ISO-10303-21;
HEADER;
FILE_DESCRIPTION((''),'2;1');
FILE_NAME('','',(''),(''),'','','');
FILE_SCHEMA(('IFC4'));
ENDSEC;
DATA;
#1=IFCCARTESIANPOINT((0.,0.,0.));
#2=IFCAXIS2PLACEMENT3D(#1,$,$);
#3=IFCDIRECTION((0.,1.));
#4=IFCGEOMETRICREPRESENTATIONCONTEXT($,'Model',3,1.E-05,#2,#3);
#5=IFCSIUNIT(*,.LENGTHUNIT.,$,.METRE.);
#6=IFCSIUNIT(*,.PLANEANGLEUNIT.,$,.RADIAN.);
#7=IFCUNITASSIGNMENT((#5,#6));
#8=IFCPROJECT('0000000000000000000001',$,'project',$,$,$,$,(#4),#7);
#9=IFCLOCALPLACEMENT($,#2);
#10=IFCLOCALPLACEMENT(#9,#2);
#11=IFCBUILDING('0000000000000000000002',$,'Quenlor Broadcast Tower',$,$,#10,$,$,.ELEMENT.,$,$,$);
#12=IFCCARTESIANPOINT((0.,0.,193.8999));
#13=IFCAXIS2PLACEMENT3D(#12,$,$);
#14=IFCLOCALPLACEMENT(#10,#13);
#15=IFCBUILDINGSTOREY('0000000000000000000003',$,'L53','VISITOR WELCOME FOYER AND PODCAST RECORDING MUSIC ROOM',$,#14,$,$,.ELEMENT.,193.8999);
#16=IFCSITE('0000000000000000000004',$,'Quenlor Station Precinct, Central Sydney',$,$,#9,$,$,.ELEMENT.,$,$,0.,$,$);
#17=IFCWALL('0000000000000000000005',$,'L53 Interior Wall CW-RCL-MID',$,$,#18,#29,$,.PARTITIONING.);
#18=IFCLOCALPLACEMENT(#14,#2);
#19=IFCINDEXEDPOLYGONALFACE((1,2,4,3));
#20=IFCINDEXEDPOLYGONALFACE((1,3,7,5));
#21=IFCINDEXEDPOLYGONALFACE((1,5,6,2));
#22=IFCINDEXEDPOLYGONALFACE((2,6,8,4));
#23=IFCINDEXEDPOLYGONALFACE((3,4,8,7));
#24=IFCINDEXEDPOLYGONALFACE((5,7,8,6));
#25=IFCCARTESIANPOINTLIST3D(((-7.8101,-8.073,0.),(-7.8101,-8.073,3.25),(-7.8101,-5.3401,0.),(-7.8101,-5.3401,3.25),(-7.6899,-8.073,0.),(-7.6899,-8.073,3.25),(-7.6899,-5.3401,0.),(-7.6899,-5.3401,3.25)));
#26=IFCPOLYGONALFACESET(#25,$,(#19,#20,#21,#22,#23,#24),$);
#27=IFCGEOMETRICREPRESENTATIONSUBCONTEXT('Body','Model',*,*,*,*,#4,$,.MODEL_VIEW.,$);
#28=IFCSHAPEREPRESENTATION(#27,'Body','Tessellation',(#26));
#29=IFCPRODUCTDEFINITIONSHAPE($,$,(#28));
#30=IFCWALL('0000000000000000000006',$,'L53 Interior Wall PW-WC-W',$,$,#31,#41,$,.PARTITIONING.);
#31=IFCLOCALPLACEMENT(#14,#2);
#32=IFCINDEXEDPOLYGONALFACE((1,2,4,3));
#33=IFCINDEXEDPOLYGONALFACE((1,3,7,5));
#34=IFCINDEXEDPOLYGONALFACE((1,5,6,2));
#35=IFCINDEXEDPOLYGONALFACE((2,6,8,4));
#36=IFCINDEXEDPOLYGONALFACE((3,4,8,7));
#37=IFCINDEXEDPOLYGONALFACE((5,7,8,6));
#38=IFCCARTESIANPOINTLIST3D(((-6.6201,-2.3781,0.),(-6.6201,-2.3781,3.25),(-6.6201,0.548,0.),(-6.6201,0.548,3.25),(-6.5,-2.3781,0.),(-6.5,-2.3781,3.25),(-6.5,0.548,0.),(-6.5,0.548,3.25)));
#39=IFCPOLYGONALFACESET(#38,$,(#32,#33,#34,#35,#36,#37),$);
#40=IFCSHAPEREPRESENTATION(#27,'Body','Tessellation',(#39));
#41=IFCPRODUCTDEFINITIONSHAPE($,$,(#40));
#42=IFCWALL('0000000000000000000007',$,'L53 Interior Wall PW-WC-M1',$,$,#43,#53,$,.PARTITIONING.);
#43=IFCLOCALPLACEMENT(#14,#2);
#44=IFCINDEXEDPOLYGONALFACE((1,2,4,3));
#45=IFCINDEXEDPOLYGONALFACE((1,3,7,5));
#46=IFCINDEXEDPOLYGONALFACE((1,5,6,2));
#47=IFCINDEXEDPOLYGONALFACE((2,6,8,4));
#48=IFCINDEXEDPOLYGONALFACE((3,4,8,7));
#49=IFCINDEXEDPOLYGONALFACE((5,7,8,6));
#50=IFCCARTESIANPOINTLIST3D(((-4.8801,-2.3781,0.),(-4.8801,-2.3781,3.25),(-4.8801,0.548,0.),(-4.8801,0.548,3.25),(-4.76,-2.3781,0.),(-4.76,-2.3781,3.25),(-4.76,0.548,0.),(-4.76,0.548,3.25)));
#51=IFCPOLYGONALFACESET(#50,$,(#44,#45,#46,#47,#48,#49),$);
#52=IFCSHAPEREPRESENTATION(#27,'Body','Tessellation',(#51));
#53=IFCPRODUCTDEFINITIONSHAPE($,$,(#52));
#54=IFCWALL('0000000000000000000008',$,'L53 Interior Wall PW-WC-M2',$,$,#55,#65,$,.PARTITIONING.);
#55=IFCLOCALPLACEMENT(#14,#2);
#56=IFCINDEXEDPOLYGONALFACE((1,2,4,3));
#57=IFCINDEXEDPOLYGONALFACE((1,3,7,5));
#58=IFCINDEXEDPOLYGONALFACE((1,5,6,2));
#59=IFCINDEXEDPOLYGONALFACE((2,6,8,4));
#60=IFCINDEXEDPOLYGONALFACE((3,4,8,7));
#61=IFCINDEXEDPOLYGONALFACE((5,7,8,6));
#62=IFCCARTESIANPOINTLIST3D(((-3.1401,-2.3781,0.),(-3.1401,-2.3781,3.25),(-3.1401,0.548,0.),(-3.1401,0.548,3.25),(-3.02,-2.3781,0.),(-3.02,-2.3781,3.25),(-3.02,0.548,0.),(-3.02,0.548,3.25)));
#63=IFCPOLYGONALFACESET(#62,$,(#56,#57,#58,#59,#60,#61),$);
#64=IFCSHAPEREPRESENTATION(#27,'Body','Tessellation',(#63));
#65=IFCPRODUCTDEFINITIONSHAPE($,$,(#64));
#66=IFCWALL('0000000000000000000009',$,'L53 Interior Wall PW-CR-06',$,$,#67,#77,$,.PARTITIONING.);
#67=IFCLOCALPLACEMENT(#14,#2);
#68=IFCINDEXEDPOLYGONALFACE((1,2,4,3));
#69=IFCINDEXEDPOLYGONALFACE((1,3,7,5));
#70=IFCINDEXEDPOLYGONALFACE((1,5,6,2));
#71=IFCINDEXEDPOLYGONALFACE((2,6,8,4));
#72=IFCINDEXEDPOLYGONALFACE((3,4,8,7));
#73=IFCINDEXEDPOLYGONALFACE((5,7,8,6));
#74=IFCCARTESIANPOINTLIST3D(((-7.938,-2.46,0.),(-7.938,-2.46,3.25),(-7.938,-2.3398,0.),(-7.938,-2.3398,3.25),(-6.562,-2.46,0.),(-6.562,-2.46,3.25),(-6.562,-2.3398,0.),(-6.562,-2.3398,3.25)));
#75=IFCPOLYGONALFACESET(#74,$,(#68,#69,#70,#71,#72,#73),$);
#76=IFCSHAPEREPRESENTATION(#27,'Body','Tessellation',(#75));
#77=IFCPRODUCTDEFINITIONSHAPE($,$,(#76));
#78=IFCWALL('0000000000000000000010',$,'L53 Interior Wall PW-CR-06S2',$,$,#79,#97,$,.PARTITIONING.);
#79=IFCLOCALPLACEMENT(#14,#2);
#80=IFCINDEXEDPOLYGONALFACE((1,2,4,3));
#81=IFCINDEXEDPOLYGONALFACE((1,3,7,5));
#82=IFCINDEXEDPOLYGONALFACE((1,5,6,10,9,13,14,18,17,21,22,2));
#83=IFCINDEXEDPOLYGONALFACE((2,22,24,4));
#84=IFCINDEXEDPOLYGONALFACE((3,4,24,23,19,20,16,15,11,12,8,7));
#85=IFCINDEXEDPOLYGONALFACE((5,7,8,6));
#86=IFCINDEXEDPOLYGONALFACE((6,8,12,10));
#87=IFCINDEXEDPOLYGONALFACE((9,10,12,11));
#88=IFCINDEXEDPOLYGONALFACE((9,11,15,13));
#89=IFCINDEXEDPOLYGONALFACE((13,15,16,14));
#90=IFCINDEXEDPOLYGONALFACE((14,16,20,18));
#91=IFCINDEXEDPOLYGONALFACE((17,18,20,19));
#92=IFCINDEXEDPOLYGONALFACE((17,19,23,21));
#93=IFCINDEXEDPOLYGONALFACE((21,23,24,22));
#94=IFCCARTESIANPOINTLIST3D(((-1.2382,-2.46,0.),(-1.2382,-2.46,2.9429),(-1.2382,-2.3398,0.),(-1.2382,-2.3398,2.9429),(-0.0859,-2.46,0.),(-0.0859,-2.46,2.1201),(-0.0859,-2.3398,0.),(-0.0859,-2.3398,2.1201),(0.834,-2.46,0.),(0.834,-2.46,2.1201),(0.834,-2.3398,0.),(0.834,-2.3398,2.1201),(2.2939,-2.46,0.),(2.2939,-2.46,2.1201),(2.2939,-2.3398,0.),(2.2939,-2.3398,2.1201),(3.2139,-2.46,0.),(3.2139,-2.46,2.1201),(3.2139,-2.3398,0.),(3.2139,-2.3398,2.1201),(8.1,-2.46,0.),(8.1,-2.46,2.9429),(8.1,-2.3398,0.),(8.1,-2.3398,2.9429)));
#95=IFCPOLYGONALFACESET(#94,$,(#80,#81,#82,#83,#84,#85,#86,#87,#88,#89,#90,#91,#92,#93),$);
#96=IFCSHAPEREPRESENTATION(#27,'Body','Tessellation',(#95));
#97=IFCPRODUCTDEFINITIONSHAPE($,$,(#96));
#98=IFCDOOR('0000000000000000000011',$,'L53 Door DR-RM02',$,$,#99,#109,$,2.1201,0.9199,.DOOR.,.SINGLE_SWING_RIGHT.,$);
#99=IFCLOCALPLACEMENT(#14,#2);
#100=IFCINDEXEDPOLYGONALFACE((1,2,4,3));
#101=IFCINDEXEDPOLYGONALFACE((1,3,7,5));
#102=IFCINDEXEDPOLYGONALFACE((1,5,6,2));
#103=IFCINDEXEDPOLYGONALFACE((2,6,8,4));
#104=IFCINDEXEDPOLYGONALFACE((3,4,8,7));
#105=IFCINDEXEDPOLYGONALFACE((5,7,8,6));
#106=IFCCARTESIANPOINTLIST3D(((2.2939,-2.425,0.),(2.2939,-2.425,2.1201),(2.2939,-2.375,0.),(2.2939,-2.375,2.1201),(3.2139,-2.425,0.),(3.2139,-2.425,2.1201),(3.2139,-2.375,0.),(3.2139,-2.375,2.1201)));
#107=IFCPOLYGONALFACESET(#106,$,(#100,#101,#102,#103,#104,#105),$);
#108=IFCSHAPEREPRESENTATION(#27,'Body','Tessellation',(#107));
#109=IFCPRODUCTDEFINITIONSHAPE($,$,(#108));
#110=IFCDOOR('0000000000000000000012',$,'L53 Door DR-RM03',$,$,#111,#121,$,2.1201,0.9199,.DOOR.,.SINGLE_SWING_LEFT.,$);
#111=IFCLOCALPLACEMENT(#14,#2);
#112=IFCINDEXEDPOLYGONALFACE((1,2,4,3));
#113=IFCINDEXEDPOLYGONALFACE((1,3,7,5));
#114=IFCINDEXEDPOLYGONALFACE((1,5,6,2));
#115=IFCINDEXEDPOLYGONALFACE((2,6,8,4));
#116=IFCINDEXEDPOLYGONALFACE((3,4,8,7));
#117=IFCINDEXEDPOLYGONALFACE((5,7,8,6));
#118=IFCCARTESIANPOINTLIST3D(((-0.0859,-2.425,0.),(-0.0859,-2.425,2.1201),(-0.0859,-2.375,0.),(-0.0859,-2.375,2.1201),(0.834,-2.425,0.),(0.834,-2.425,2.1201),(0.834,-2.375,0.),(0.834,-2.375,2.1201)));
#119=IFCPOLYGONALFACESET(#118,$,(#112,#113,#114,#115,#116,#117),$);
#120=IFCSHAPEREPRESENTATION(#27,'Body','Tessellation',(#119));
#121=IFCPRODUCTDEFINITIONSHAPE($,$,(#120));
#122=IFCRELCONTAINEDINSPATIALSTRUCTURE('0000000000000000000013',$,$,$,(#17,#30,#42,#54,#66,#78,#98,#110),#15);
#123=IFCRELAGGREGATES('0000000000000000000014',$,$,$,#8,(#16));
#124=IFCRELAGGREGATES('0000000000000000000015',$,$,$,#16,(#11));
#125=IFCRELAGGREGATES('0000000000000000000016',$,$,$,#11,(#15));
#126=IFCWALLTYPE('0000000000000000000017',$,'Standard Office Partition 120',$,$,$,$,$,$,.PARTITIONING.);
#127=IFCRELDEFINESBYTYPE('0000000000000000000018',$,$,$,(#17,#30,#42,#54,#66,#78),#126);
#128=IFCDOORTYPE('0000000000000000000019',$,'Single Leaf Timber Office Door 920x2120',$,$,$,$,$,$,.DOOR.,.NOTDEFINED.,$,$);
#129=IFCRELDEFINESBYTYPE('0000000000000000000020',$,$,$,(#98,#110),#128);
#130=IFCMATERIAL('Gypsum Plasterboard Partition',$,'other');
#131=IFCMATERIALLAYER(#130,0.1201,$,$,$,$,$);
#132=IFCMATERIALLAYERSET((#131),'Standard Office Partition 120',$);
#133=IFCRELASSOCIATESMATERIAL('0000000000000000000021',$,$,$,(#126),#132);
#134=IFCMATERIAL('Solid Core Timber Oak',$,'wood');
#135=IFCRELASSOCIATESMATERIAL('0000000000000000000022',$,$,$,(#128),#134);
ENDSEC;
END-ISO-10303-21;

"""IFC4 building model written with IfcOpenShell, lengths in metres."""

from ifc_helpers import new_model, si_unit, direction, frame, frame_2d, origin, place, context, subcontext, project, spatial, rectangle, extrude, material, layer, layer_set, type_object, element, fill, save


model = new_model("IFC4")

# Units and contexts
model_context = context("Model", 3, precision=1e-05, world=origin(), true_north=direction((0.0, 1.0)))
body_context = subcontext(model_context, "Body", "Model", "MODEL_VIEW")
ifc_project = project(units=[si_unit("LENGTHUNIT", "METRE"), si_unit("PLANEANGLEUNIT", "RADIAN")], contexts=[model_context])

# Site, building, storey
site_placement = place(None, origin())
site = spatial("IfcSite", under=ifc_project, at=site_placement, Name="Quenlor Station Precinct, Central Sydney", CompositionType="ELEMENT", RefElevation=0.0)
building_placement = place(site_placement, origin())
building = spatial("IfcBuilding", under=site, at=building_placement, Name="Quenlor Broadcast Tower", CompositionType="ELEMENT")
storey_placement = place(building_placement, frame((0.0, 0.0, 193.8999)))
storey = spatial("IfcBuildingStorey", under=building, at=storey_placement, Name="L53", Description="VISITOR WELCOME FOYER AND PODCAST RECORDING MUSIC ROOM", CompositionType="ELEMENT", Elevation=193.8999)

# Wall
ifc_material_1 = material(Name="Gypsum Plasterboard Partition", Category="other")
ifc_layer_1 = layer(ifc_material_1, 0.1201)
ifc_layer_set_1 = layer_set([ifc_layer_1], Name="Standard Office Partition 120")
wall_type_1 = type_object("IfcWallType", Name="Standard Office Partition 120", PredefinedType="PARTITIONING", material=ifc_layer_set_1)
wall_1_placement = place(storey_placement, frame((-7.75, -8.073, 0.0), z_axis=(0.0, 0.0, 1.0), x_axis=(0.0, 1.0, 0.0)))
element("IfcWall", 1, at=wall_1_placement, inside=storey, type_object=wall_type_1, Name="L53 Interior Wall CW-RCL-MID", PredefinedType="PARTITIONING", context=body_context, shape_type="SweptSolid", body=[
    extrude(rectangle(XDim=2.7329, YDim=0.1201, at=frame_2d((1.3665, 0.0))), origin(), (0.0, 0.0, 1.0), 3.25),
])

# Shared definitions
ifc_material_2 = material(Name="Solid Core Timber Oak", Category="wood")
door_type_1 = type_object("IfcDoorType", Name="Single Leaf Timber Office Door 920x2120", OperationType="NOTDEFINED", PredefinedType="DOOR", material=ifc_material_2)

# Walls
for number, where, z_axis, x_axis, name in (
    (2, (-6.5601, -2.3779, 0.0), (0.0, 0.0, 1.0), (0.0, 1.0, 0.0), "L53 Interior Wall PW-WC-W"),
    (3, (-4.8201, -2.3779, 0.0), (0.0, 0.0, 1.0), (0.0, 1.0, 0.0), "L53 Interior Wall PW-WC-M1"),
    (4, (-3.0801, -2.3779, 0.0), (0.0, 0.0, 1.0), (0.0, 1.0, 0.0), "L53 Interior Wall PW-WC-M2"),
):
    element("IfcWall", number, at=place(storey_placement, frame(where, z_axis=z_axis, x_axis=x_axis)), inside=storey, type_object=wall_type_1, Name=name, PredefinedType="PARTITIONING", context=body_context, shape_type="SweptSolid", body=[
        extrude(rectangle(XDim=2.926, YDim=0.1201, at=frame_2d((1.4629, 0.0))), origin(), (0.0, 0.0, 1.0), 3.25),
    ])
wall_2_placement = place(storey_placement, frame((-7.938, -2.3999, 0.0), z_axis=(0.0, 0.0, 1.0), x_axis=(1.0, 0.0, 0.0)))
element("IfcWall", 5, at=wall_2_placement, inside=storey, type_object=wall_type_1, Name="L53 Interior Wall PW-CR-06", PredefinedType="PARTITIONING", context=body_context, shape_type="SweptSolid", body=[
    extrude(rectangle(XDim=1.376, YDim=0.1201, at=frame_2d((0.688, 0.0))), origin(), (0.0, 0.0, 1.0), 3.25),
])

# Wall, openings, doors
wall_3_placement = place(storey_placement, frame((-1.238, -2.3999, 0.0), z_axis=(0.0, 0.0, 1.0), x_axis=(1.0, 0.0, 0.0)))
wall_3 = element("IfcWall", 6, at=wall_3_placement, inside=storey, type_object=wall_type_1, Name="L53 Interior Wall PW-CR-06S2", PredefinedType="PARTITIONING", context=body_context, shape_type="SweptSolid", body=[
    extrude(rectangle(XDim=9.3381, YDim=0.1201, at=frame_2d((4.6689, 0.0))), origin(), (0.0, 0.0, 1.0), 2.9429),
])
opening_1_placement = place(wall_3_placement, frame((3.532, 0.0, 0.0)))
opening_1 = element("IfcOpeningElement", 7, at=opening_1_placement, cuts=wall_3, PredefinedType="OPENING", context=body_context, shape_type="SweptSolid", body=[
    extrude(rectangle(XDim=0.9199, YDim=2.1201, at=frame_2d((0.46, 1.0601))), frame((0.0, 0.0701, 0.0), z_axis=(0.0, -1.0, 0.0), x_axis=(1.0, 0.0, 0.0)), (0.0, 0.0, 1.0), 0.1401),
])
opening_2_placement = place(wall_3_placement, frame((1.1521, 0.0, 0.0)))
opening_2 = element("IfcOpeningElement", 8, at=opening_2_placement, cuts=wall_3, PredefinedType="OPENING", context=body_context, shape_type="SweptSolid", body=[
    extrude(rectangle(XDim=0.9199, YDim=2.1201, at=frame_2d((0.46, 1.0601))), frame((0.0, 0.0701, 0.0), z_axis=(0.0, -1.0, 0.0), x_axis=(1.0, 0.0, 0.0)), (0.0, 0.0, 1.0), 0.1401),
])
door_1_placement = place(opening_1_placement, origin())
door_1 = element("IfcDoor", 9, at=door_1_placement, inside=storey, type_object=door_type_1, Name="L53 Door DR-RM02", OperationType="SINGLE_SWING_RIGHT", OverallHeight=2.1201, OverallWidth=0.9199, PredefinedType="DOOR", context=body_context, shape_type="SweptSolid", body=[
    extrude(rectangle(XDim=0.9199, YDim=2.1201, at=frame_2d((0.46, 1.0601))), frame((0.0, 0.0249, 0.0), z_axis=(0.0, -1.0, 0.0), x_axis=(1.0, 0.0, 0.0)), (0.0, 0.0, 1.0), 0.05),
])
fill(opening_1, door_1)
door_2_placement = place(opening_2_placement, origin())
door_2 = element("IfcDoor", 10, at=door_2_placement, inside=storey, type_object=door_type_1, Name="L53 Door DR-RM03", OperationType="SINGLE_SWING_LEFT", OverallHeight=2.1201, OverallWidth=0.9199, PredefinedType="DOOR", context=body_context, shape_type="SweptSolid", body=[
    extrude(rectangle(XDim=0.9199, YDim=2.1201, at=frame_2d((0.46, 1.0601))), frame((0.0, 0.0249, 0.0), z_axis=(0.0, -1.0, 0.0), x_axis=(1.0, 0.0, 0.0)), (0.0, 0.0, 1.0), 0.05),
])
fill(opening_2, door_2)

save(model, "model.ifc")
